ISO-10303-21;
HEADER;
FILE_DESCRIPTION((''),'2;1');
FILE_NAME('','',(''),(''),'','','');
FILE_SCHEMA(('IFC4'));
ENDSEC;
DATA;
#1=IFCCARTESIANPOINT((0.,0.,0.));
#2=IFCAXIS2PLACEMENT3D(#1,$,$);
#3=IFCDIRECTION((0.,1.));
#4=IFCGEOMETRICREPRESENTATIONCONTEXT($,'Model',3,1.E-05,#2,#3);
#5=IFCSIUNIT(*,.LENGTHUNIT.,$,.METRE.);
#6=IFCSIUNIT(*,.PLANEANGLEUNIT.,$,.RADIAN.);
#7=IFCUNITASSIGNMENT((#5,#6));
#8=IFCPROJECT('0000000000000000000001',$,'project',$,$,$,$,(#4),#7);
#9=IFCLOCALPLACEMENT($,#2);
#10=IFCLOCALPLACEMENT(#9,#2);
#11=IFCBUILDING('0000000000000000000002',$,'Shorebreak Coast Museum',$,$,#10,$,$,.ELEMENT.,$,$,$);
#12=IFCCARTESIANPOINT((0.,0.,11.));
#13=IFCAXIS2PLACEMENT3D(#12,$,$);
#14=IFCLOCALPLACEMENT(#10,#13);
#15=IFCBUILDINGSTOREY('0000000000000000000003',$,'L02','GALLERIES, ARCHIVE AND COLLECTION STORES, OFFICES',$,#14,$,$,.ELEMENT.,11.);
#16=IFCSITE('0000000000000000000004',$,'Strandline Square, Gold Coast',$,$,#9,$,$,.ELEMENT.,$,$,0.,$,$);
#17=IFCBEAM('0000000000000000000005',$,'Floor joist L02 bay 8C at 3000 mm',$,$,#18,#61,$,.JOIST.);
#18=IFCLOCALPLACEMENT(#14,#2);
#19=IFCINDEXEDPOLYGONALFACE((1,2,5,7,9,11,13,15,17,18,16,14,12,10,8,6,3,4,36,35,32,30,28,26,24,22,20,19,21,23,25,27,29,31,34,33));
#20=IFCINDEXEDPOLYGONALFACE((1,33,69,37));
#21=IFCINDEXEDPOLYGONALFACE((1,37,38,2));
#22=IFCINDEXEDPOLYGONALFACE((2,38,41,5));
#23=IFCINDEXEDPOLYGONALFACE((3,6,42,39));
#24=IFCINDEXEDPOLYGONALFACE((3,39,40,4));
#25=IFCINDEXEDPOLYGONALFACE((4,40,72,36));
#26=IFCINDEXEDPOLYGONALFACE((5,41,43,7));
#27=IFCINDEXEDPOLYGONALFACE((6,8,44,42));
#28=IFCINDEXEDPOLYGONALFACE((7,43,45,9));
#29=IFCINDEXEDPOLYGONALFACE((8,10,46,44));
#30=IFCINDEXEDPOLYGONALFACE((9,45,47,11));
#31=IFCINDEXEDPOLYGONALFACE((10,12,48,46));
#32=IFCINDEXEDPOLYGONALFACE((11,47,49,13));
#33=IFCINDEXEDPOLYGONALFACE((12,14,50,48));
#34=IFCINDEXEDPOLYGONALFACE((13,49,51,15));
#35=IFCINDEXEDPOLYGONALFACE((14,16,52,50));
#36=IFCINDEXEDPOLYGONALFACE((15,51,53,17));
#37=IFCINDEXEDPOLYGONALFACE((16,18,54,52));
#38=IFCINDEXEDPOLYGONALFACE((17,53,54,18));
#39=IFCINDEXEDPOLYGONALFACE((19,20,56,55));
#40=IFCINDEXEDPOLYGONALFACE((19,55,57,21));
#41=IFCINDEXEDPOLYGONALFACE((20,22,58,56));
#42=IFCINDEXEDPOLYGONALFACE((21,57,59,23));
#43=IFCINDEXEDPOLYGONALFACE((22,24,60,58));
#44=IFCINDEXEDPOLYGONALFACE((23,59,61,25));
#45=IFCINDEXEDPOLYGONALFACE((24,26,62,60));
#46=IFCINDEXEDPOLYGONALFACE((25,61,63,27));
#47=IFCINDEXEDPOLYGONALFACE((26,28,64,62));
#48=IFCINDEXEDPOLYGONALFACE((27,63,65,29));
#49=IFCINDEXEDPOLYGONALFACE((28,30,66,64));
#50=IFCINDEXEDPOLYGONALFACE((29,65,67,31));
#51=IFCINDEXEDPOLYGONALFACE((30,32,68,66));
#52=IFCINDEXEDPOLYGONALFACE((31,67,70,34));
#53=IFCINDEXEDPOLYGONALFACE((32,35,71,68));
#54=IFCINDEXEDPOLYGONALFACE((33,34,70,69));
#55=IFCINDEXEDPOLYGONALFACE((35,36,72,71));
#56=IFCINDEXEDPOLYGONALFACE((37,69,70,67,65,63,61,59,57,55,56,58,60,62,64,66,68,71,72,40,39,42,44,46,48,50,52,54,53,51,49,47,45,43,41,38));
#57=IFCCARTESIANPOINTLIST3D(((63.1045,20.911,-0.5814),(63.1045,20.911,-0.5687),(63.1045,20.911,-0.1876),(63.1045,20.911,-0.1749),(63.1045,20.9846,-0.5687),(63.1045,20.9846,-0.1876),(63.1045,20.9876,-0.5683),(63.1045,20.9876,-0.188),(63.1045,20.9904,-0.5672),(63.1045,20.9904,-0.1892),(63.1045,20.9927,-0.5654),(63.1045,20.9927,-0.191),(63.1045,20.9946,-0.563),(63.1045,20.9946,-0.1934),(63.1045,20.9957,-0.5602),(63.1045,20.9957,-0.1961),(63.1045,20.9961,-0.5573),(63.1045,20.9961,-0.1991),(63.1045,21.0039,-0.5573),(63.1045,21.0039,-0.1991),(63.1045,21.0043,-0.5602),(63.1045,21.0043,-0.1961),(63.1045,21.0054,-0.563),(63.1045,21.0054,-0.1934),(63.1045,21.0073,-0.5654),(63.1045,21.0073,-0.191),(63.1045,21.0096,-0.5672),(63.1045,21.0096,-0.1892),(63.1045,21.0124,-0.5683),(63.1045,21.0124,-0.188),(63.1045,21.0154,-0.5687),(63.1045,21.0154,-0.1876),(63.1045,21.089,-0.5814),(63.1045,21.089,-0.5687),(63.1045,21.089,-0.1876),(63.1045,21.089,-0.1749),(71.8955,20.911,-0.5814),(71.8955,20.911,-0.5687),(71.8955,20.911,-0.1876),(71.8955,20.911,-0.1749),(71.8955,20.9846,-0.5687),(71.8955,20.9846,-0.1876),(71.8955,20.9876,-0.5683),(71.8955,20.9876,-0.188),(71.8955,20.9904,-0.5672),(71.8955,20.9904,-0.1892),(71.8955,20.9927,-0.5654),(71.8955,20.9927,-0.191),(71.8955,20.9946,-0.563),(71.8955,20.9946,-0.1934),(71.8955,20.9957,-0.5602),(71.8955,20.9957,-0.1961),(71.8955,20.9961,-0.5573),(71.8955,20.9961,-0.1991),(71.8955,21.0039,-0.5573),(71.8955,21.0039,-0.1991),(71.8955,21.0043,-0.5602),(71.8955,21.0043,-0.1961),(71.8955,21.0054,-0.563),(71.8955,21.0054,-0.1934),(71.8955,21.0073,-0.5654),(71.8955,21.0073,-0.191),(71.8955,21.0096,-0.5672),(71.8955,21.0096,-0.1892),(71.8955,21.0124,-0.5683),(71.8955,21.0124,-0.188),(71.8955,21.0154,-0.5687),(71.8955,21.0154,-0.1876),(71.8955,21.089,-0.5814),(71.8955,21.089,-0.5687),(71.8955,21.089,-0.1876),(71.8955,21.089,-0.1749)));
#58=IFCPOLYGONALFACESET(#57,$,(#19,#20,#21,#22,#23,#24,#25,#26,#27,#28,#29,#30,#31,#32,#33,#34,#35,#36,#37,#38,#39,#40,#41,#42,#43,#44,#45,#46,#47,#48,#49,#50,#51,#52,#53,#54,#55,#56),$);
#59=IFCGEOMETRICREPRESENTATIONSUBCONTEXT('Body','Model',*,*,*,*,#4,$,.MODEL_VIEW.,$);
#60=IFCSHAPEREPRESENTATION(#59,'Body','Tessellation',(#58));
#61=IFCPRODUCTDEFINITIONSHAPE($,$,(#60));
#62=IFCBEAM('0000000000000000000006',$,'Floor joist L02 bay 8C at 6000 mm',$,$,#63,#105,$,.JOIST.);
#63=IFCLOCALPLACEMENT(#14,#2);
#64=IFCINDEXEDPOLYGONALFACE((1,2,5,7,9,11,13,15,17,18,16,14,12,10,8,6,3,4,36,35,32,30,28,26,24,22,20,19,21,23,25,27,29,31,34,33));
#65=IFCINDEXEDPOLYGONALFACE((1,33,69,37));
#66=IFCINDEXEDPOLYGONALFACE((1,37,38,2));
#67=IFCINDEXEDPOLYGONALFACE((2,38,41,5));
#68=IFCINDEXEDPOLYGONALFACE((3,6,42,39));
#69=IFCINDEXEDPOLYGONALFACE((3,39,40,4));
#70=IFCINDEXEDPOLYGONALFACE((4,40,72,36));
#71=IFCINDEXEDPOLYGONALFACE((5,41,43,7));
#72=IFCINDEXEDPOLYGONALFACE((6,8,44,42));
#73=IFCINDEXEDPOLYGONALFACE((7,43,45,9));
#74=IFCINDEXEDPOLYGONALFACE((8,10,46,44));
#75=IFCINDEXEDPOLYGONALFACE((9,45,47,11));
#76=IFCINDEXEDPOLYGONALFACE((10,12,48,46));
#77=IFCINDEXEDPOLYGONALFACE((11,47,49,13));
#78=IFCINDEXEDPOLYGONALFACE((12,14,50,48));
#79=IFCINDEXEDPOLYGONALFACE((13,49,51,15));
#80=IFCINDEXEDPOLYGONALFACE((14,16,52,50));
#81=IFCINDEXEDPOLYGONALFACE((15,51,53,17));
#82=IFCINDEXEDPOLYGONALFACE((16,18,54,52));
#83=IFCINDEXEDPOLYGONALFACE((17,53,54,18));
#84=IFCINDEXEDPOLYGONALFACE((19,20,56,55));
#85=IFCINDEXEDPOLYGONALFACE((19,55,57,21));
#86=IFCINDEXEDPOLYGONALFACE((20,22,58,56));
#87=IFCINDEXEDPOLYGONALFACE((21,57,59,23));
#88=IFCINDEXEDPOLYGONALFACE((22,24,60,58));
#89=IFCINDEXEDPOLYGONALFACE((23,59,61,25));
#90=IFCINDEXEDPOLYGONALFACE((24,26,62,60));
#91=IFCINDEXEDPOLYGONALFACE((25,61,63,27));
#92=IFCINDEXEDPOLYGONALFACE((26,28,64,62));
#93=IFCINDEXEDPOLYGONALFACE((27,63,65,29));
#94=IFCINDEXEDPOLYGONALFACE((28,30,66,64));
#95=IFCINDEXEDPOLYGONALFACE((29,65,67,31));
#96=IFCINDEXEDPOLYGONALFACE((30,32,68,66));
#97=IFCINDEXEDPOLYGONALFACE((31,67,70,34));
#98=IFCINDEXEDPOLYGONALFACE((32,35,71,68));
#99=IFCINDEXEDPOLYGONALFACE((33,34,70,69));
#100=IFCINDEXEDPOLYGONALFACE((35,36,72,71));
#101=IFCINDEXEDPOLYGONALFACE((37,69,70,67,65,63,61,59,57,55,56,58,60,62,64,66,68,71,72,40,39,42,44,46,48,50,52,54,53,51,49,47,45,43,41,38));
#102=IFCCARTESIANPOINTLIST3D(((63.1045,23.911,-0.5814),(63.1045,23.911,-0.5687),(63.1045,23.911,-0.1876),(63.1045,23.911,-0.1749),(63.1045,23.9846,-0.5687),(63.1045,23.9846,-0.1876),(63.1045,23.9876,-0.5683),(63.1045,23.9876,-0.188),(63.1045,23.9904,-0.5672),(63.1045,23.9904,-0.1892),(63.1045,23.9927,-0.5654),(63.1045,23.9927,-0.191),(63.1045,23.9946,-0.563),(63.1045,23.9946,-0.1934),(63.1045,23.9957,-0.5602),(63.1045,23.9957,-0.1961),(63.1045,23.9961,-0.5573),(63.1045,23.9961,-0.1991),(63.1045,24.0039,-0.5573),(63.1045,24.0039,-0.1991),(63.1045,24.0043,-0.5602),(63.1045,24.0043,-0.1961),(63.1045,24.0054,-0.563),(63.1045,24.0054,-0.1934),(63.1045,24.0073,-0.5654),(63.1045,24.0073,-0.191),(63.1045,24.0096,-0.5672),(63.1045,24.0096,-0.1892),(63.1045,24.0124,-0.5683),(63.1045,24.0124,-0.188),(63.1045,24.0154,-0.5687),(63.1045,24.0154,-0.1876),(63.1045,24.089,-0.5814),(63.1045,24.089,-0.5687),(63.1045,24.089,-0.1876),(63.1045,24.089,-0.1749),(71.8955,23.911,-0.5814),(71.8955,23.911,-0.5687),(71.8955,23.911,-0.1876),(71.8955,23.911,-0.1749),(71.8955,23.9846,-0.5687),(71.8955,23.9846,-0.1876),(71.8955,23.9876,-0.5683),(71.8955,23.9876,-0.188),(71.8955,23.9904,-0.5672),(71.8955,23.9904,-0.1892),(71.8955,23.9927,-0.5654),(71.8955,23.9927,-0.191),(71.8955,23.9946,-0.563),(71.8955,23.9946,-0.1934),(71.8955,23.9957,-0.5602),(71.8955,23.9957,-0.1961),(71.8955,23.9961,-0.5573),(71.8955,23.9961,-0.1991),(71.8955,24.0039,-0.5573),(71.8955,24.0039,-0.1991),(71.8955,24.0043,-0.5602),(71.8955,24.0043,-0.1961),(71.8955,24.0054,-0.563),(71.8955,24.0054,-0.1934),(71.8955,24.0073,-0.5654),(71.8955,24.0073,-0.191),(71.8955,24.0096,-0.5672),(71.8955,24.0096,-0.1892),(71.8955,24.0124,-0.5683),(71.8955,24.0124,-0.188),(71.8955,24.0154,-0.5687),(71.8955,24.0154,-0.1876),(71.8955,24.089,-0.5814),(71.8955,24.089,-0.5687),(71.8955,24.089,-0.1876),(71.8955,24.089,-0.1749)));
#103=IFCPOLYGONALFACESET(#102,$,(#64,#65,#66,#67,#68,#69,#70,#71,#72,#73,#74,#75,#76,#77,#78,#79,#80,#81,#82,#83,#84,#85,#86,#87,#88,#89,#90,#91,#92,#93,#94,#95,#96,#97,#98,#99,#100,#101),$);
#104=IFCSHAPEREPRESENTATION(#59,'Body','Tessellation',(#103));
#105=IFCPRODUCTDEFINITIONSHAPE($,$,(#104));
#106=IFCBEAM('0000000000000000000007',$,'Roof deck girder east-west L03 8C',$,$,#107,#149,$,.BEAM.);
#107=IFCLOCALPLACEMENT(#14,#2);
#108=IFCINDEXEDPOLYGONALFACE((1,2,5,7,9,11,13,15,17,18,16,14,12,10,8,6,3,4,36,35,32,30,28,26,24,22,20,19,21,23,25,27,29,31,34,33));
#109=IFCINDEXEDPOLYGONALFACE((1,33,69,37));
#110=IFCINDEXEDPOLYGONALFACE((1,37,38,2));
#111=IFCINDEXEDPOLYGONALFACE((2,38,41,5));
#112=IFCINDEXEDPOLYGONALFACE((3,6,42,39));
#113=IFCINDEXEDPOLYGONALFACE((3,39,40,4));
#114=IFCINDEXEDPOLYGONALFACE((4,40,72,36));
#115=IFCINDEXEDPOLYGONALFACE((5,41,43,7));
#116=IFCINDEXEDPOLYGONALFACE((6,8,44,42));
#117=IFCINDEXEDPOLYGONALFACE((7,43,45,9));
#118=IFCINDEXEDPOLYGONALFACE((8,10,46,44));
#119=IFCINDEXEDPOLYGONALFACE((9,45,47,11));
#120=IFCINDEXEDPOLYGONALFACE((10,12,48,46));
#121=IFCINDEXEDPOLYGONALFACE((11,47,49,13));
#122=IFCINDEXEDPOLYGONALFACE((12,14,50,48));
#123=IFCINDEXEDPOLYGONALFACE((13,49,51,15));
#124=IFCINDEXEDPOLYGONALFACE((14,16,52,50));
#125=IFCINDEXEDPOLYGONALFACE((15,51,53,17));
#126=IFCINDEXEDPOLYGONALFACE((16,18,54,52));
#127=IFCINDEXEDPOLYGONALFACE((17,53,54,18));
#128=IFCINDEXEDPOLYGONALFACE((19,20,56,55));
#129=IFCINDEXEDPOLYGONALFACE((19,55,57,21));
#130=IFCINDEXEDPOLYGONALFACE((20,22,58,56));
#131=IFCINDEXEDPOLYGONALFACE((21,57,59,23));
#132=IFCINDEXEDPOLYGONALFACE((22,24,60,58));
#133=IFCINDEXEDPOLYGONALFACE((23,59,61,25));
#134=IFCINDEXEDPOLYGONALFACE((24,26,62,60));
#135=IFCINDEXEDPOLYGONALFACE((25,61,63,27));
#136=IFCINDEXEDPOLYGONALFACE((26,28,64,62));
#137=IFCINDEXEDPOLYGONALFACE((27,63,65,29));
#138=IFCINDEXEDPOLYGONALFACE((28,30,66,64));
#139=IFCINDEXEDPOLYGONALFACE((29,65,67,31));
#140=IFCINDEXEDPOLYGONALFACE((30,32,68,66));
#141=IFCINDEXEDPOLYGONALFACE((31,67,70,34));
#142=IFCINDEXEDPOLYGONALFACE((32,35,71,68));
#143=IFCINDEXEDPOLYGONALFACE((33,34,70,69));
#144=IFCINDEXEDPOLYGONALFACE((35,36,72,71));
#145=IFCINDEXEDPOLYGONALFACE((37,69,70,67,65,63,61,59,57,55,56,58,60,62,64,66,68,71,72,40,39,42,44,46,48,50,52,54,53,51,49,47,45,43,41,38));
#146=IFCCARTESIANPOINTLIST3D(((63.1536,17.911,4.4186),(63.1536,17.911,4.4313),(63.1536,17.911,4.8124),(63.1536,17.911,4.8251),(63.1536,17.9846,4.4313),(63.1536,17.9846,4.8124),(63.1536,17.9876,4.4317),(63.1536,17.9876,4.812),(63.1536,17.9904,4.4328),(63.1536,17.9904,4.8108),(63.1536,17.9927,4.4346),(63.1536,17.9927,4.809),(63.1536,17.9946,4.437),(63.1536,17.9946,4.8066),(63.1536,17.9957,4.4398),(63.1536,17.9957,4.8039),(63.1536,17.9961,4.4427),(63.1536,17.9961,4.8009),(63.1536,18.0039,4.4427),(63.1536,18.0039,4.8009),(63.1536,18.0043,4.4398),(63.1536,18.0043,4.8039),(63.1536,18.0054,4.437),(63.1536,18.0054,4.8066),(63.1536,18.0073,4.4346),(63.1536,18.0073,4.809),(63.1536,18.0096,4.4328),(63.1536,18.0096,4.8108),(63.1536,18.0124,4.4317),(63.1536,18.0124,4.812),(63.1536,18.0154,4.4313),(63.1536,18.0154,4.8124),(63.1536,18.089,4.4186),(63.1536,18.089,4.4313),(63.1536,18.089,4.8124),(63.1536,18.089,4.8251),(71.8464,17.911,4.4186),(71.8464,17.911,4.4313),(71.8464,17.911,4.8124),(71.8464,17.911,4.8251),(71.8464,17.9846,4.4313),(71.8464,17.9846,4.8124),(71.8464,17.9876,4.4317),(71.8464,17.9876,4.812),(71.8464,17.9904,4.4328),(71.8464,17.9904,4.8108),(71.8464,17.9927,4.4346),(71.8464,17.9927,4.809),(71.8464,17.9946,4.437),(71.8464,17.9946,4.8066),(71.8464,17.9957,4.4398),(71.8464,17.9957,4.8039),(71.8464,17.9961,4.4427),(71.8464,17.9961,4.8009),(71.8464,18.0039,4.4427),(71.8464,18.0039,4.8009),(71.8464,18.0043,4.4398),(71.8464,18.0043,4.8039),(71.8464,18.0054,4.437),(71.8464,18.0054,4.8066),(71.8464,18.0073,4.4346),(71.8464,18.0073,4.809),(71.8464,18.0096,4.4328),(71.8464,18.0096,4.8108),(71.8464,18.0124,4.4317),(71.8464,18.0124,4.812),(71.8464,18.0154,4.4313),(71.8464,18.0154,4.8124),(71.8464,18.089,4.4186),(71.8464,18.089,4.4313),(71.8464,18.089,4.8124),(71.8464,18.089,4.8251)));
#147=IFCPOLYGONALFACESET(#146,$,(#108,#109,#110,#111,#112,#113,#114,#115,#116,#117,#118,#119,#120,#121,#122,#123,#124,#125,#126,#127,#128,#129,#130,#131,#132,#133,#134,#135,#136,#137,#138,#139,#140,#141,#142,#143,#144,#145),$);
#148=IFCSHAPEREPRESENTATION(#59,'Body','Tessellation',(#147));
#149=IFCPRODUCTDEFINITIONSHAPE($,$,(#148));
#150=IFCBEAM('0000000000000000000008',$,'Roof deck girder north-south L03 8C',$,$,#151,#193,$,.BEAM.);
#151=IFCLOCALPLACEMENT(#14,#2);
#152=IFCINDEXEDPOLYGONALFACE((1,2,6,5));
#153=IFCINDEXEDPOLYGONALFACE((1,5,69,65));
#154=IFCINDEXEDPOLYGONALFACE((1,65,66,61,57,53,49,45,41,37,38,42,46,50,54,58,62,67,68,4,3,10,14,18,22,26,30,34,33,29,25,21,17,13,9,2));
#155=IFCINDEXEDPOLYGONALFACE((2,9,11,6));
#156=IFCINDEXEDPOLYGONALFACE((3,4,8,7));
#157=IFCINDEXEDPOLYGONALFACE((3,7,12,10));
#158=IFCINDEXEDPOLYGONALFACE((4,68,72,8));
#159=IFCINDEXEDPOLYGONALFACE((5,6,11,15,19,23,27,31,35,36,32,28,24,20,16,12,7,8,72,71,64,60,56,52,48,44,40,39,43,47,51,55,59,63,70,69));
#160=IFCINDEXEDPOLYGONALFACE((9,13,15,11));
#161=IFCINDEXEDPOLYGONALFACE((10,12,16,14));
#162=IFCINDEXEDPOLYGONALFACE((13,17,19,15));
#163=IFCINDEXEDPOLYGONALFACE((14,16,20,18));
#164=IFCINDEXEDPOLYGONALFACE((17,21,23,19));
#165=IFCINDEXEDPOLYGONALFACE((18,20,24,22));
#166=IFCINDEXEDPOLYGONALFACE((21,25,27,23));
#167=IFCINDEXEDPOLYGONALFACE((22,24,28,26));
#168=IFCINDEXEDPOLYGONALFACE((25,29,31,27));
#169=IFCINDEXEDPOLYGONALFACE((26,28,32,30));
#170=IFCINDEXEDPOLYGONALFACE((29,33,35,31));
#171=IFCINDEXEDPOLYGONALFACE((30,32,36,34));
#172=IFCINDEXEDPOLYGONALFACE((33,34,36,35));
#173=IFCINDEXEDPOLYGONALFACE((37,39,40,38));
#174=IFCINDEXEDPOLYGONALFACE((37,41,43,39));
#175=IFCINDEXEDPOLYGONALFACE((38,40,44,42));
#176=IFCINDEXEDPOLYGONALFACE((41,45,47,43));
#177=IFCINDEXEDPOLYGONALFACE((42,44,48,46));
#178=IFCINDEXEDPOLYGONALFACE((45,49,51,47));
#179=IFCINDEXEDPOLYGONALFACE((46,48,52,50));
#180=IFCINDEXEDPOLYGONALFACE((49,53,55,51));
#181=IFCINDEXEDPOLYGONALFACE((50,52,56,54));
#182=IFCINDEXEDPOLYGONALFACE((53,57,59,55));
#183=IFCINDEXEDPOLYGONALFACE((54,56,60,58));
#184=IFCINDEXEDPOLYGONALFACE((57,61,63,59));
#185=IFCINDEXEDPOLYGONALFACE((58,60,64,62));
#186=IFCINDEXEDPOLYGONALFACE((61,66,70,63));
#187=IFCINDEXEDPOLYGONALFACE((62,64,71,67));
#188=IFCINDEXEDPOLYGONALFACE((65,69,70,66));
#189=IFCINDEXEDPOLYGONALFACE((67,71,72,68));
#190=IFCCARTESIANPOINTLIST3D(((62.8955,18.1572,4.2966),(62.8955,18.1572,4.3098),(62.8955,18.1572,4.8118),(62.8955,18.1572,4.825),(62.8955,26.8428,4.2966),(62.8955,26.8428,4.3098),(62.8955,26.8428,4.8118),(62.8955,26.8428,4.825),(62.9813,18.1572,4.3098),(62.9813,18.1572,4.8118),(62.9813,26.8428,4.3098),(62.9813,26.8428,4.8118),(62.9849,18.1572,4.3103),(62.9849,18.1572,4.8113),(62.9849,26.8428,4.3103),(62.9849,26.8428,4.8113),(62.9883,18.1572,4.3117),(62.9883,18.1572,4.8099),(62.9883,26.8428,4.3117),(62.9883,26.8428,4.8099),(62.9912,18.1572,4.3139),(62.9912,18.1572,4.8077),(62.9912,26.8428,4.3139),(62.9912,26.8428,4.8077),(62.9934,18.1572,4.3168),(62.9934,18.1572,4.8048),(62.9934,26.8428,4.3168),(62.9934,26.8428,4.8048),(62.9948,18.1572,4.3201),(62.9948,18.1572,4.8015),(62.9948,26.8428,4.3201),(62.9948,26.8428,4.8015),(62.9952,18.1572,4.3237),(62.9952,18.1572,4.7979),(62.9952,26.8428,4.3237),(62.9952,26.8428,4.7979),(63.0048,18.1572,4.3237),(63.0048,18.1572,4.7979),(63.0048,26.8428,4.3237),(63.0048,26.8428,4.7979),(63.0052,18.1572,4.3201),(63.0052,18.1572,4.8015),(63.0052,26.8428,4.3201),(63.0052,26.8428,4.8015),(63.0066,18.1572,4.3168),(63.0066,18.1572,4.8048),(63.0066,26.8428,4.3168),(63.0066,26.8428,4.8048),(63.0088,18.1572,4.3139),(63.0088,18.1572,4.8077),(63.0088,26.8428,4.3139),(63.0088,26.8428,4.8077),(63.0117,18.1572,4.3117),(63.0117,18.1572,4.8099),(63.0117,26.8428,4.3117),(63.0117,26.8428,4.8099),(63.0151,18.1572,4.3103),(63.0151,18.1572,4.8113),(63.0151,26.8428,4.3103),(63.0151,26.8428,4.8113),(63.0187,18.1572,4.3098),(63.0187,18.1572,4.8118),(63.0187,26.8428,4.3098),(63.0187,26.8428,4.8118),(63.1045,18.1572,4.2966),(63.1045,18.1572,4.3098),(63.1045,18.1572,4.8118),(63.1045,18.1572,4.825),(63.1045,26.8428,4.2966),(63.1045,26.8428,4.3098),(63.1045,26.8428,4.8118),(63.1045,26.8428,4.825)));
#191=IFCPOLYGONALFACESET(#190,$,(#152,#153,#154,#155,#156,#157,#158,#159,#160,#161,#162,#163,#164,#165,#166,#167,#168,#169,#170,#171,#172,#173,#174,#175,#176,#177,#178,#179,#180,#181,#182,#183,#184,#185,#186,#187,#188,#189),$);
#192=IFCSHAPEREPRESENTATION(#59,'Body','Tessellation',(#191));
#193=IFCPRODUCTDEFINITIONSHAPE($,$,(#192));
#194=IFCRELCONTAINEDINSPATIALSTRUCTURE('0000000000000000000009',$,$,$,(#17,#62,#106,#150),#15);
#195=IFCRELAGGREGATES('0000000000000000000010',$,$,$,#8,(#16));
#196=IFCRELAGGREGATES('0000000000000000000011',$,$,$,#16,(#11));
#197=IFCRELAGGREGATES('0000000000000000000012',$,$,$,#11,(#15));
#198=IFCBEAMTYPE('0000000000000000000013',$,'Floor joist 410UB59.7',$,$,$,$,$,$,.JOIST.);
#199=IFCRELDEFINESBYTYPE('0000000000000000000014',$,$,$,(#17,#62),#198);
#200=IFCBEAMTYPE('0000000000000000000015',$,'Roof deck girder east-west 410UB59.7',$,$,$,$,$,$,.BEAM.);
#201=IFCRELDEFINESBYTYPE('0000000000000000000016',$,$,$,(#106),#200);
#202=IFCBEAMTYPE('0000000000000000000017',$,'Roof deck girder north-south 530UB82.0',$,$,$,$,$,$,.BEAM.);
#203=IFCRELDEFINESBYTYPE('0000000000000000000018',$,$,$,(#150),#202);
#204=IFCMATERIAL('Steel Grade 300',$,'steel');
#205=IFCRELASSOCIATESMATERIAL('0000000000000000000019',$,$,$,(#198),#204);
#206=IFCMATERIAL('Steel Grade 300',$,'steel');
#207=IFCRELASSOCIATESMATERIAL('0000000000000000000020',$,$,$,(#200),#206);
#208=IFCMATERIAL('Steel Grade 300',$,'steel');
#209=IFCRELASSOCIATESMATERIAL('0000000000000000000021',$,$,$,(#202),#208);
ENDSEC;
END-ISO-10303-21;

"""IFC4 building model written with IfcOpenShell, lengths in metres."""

from ifc_helpers import new_model, si_unit, direction, frame, origin, origin_2d, place, context, subcontext, project, spatial, i_section, extrude, material, material_profile, profile_set, type_object, element, save


model = new_model("IFC4")

# Units and contexts
model_context = context("Model", 3, precision=1e-05, world=origin(), true_north=direction((0.0, 1.0)))
body_context = subcontext(model_context, "Body", "Model", "MODEL_VIEW")
ifc_project = project(units=[si_unit("LENGTHUNIT", "METRE"), si_unit("PLANEANGLEUNIT", "RADIAN")], contexts=[model_context])

# Site, building, storey
site_placement = place(None, origin())
site = spatial("IfcSite", under=ifc_project, at=site_placement, Name="Strandline Square, Gold Coast", CompositionType="ELEMENT", RefElevation=0.0)
building_placement = place(site_placement, origin())
building = spatial("IfcBuilding", under=site, at=building_placement, Name="Shorebreak Coast Museum", CompositionType="ELEMENT")
storey_placement = place(building_placement, frame((0.0, 0.0, 11.0)))
storey = spatial("IfcBuildingStorey", under=building, at=storey_placement, Name="L02", Description="GALLERIES, ARCHIVE AND COLLECTION STORES, OFFICES", CompositionType="ELEMENT", Elevation=11.0)

# Beams
ifc_material_1 = material(Name="Steel Grade 300", Category="steel")
ifc_material_profile_1 = material_profile(ifc_material_1, i_section(OverallWidth=0.178, OverallDepth=0.4065, WebThickness=0.0078, FlangeThickness=0.0127, FilletRadius=0.0115, at=origin_2d()), Name="410UB59.7")
ifc_profile_set_1 = profile_set([ifc_material_profile_1], Name="Steel Grade 300")
beam_type_1 = type_object("IfcBeamType", Name="Floor joist 410UB59.7", PredefinedType="JOIST", material=ifc_profile_set_1)
for number, where, z_axis, x_axis, name in (
    (1, (63.1045, 21.0, -0.3782), (1.0, 0.0, 0.0), (0.0, 1.0, 0.0), "Floor joist L02 bay 8C at 3000 mm"),
    (2, (63.1045, 24.0, -0.3782), (1.0, 0.0, 0.0), (0.0, 1.0, 0.0), "Floor joist L02 bay 8C at 6000 mm"),
):
    element("IfcBeam", number, at=place(storey_placement, frame(where, z_axis=z_axis, x_axis=x_axis)), inside=storey, type_object=beam_type_1, Name=name, PredefinedType="JOIST", context=body_context, shape_type="SweptSolid", body=[
        extrude(i_section(OverallWidth=0.178, OverallDepth=0.4065, WebThickness=0.0078, FlangeThickness=0.0127, FilletRadius=0.0115, at=origin_2d()), origin(), (0.0, 0.0, 1.0), 8.791),
    ])
ifc_material_2 = material(Name="Steel Grade 300", Category="steel")
ifc_material_profile_2 = material_profile(ifc_material_2, i_section(OverallWidth=0.178, OverallDepth=0.4065, WebThickness=0.0078, FlangeThickness=0.0127, FilletRadius=0.0115, at=origin_2d()), Name="410UB59.7")
ifc_profile_set_2 = profile_set([ifc_material_profile_2], Name="Steel Grade 300")
beam_type_2 = type_object("IfcBeamType", Name="Roof deck girder east-west 410UB59.7", PredefinedType="BEAM", material=ifc_profile_set_2)
beam_1_placement = place(storey_placement, frame((63.1536, 18.0, 4.6218), z_axis=(1.0, 0.0, 0.0), x_axis=(0.0, 1.0, 0.0)))
element("IfcBeam", 3, at=beam_1_placement, inside=storey, type_object=beam_type_2, Name="Roof deck girder east-west L03 8C", PredefinedType="BEAM", context=body_context, shape_type="SweptSolid", body=[
    extrude(i_section(OverallWidth=0.178, OverallDepth=0.4065, WebThickness=0.0078, FlangeThickness=0.0127, FilletRadius=0.0115, at=origin_2d()), origin(), (0.0, 0.0, 1.0), 8.6929),
])
ifc_material_3 = material(Name="Steel Grade 300", Category="steel")
ifc_material_profile_3 = material_profile(ifc_material_3, i_section(OverallWidth=0.209, OverallDepth=0.5283, WebThickness=0.0095, FlangeThickness=0.0132, FilletRadius=0.0139, at=origin_2d()), Name="530UB82.0")
ifc_profile_set_3 = profile_set([ifc_material_profile_3], Name="Steel Grade 300")
beam_type_3 = type_object("IfcBeamType", Name="Roof deck girder north-south 530UB82.0", PredefinedType="BEAM", material=ifc_profile_set_3)
beam_2_placement = place(storey_placement, frame((63.0, 18.1572, 4.5608), z_axis=(0.0, 1.0, 0.0), x_axis=(-1.0, 0.0, 0.0)))
element("IfcBeam", 4, at=beam_2_placement, inside=storey, type_object=beam_type_3, Name="Roof deck girder north-south L03 8C", PredefinedType="BEAM", context=body_context, shape_type="SweptSolid", body=[
    extrude(i_section(OverallWidth=0.209, OverallDepth=0.5283, WebThickness=0.0095, FlangeThickness=0.0132, FilletRadius=0.0139, at=origin_2d()), origin(), (0.0, 0.0, 1.0), 8.6855),
])

save(model, "model.ifc")
